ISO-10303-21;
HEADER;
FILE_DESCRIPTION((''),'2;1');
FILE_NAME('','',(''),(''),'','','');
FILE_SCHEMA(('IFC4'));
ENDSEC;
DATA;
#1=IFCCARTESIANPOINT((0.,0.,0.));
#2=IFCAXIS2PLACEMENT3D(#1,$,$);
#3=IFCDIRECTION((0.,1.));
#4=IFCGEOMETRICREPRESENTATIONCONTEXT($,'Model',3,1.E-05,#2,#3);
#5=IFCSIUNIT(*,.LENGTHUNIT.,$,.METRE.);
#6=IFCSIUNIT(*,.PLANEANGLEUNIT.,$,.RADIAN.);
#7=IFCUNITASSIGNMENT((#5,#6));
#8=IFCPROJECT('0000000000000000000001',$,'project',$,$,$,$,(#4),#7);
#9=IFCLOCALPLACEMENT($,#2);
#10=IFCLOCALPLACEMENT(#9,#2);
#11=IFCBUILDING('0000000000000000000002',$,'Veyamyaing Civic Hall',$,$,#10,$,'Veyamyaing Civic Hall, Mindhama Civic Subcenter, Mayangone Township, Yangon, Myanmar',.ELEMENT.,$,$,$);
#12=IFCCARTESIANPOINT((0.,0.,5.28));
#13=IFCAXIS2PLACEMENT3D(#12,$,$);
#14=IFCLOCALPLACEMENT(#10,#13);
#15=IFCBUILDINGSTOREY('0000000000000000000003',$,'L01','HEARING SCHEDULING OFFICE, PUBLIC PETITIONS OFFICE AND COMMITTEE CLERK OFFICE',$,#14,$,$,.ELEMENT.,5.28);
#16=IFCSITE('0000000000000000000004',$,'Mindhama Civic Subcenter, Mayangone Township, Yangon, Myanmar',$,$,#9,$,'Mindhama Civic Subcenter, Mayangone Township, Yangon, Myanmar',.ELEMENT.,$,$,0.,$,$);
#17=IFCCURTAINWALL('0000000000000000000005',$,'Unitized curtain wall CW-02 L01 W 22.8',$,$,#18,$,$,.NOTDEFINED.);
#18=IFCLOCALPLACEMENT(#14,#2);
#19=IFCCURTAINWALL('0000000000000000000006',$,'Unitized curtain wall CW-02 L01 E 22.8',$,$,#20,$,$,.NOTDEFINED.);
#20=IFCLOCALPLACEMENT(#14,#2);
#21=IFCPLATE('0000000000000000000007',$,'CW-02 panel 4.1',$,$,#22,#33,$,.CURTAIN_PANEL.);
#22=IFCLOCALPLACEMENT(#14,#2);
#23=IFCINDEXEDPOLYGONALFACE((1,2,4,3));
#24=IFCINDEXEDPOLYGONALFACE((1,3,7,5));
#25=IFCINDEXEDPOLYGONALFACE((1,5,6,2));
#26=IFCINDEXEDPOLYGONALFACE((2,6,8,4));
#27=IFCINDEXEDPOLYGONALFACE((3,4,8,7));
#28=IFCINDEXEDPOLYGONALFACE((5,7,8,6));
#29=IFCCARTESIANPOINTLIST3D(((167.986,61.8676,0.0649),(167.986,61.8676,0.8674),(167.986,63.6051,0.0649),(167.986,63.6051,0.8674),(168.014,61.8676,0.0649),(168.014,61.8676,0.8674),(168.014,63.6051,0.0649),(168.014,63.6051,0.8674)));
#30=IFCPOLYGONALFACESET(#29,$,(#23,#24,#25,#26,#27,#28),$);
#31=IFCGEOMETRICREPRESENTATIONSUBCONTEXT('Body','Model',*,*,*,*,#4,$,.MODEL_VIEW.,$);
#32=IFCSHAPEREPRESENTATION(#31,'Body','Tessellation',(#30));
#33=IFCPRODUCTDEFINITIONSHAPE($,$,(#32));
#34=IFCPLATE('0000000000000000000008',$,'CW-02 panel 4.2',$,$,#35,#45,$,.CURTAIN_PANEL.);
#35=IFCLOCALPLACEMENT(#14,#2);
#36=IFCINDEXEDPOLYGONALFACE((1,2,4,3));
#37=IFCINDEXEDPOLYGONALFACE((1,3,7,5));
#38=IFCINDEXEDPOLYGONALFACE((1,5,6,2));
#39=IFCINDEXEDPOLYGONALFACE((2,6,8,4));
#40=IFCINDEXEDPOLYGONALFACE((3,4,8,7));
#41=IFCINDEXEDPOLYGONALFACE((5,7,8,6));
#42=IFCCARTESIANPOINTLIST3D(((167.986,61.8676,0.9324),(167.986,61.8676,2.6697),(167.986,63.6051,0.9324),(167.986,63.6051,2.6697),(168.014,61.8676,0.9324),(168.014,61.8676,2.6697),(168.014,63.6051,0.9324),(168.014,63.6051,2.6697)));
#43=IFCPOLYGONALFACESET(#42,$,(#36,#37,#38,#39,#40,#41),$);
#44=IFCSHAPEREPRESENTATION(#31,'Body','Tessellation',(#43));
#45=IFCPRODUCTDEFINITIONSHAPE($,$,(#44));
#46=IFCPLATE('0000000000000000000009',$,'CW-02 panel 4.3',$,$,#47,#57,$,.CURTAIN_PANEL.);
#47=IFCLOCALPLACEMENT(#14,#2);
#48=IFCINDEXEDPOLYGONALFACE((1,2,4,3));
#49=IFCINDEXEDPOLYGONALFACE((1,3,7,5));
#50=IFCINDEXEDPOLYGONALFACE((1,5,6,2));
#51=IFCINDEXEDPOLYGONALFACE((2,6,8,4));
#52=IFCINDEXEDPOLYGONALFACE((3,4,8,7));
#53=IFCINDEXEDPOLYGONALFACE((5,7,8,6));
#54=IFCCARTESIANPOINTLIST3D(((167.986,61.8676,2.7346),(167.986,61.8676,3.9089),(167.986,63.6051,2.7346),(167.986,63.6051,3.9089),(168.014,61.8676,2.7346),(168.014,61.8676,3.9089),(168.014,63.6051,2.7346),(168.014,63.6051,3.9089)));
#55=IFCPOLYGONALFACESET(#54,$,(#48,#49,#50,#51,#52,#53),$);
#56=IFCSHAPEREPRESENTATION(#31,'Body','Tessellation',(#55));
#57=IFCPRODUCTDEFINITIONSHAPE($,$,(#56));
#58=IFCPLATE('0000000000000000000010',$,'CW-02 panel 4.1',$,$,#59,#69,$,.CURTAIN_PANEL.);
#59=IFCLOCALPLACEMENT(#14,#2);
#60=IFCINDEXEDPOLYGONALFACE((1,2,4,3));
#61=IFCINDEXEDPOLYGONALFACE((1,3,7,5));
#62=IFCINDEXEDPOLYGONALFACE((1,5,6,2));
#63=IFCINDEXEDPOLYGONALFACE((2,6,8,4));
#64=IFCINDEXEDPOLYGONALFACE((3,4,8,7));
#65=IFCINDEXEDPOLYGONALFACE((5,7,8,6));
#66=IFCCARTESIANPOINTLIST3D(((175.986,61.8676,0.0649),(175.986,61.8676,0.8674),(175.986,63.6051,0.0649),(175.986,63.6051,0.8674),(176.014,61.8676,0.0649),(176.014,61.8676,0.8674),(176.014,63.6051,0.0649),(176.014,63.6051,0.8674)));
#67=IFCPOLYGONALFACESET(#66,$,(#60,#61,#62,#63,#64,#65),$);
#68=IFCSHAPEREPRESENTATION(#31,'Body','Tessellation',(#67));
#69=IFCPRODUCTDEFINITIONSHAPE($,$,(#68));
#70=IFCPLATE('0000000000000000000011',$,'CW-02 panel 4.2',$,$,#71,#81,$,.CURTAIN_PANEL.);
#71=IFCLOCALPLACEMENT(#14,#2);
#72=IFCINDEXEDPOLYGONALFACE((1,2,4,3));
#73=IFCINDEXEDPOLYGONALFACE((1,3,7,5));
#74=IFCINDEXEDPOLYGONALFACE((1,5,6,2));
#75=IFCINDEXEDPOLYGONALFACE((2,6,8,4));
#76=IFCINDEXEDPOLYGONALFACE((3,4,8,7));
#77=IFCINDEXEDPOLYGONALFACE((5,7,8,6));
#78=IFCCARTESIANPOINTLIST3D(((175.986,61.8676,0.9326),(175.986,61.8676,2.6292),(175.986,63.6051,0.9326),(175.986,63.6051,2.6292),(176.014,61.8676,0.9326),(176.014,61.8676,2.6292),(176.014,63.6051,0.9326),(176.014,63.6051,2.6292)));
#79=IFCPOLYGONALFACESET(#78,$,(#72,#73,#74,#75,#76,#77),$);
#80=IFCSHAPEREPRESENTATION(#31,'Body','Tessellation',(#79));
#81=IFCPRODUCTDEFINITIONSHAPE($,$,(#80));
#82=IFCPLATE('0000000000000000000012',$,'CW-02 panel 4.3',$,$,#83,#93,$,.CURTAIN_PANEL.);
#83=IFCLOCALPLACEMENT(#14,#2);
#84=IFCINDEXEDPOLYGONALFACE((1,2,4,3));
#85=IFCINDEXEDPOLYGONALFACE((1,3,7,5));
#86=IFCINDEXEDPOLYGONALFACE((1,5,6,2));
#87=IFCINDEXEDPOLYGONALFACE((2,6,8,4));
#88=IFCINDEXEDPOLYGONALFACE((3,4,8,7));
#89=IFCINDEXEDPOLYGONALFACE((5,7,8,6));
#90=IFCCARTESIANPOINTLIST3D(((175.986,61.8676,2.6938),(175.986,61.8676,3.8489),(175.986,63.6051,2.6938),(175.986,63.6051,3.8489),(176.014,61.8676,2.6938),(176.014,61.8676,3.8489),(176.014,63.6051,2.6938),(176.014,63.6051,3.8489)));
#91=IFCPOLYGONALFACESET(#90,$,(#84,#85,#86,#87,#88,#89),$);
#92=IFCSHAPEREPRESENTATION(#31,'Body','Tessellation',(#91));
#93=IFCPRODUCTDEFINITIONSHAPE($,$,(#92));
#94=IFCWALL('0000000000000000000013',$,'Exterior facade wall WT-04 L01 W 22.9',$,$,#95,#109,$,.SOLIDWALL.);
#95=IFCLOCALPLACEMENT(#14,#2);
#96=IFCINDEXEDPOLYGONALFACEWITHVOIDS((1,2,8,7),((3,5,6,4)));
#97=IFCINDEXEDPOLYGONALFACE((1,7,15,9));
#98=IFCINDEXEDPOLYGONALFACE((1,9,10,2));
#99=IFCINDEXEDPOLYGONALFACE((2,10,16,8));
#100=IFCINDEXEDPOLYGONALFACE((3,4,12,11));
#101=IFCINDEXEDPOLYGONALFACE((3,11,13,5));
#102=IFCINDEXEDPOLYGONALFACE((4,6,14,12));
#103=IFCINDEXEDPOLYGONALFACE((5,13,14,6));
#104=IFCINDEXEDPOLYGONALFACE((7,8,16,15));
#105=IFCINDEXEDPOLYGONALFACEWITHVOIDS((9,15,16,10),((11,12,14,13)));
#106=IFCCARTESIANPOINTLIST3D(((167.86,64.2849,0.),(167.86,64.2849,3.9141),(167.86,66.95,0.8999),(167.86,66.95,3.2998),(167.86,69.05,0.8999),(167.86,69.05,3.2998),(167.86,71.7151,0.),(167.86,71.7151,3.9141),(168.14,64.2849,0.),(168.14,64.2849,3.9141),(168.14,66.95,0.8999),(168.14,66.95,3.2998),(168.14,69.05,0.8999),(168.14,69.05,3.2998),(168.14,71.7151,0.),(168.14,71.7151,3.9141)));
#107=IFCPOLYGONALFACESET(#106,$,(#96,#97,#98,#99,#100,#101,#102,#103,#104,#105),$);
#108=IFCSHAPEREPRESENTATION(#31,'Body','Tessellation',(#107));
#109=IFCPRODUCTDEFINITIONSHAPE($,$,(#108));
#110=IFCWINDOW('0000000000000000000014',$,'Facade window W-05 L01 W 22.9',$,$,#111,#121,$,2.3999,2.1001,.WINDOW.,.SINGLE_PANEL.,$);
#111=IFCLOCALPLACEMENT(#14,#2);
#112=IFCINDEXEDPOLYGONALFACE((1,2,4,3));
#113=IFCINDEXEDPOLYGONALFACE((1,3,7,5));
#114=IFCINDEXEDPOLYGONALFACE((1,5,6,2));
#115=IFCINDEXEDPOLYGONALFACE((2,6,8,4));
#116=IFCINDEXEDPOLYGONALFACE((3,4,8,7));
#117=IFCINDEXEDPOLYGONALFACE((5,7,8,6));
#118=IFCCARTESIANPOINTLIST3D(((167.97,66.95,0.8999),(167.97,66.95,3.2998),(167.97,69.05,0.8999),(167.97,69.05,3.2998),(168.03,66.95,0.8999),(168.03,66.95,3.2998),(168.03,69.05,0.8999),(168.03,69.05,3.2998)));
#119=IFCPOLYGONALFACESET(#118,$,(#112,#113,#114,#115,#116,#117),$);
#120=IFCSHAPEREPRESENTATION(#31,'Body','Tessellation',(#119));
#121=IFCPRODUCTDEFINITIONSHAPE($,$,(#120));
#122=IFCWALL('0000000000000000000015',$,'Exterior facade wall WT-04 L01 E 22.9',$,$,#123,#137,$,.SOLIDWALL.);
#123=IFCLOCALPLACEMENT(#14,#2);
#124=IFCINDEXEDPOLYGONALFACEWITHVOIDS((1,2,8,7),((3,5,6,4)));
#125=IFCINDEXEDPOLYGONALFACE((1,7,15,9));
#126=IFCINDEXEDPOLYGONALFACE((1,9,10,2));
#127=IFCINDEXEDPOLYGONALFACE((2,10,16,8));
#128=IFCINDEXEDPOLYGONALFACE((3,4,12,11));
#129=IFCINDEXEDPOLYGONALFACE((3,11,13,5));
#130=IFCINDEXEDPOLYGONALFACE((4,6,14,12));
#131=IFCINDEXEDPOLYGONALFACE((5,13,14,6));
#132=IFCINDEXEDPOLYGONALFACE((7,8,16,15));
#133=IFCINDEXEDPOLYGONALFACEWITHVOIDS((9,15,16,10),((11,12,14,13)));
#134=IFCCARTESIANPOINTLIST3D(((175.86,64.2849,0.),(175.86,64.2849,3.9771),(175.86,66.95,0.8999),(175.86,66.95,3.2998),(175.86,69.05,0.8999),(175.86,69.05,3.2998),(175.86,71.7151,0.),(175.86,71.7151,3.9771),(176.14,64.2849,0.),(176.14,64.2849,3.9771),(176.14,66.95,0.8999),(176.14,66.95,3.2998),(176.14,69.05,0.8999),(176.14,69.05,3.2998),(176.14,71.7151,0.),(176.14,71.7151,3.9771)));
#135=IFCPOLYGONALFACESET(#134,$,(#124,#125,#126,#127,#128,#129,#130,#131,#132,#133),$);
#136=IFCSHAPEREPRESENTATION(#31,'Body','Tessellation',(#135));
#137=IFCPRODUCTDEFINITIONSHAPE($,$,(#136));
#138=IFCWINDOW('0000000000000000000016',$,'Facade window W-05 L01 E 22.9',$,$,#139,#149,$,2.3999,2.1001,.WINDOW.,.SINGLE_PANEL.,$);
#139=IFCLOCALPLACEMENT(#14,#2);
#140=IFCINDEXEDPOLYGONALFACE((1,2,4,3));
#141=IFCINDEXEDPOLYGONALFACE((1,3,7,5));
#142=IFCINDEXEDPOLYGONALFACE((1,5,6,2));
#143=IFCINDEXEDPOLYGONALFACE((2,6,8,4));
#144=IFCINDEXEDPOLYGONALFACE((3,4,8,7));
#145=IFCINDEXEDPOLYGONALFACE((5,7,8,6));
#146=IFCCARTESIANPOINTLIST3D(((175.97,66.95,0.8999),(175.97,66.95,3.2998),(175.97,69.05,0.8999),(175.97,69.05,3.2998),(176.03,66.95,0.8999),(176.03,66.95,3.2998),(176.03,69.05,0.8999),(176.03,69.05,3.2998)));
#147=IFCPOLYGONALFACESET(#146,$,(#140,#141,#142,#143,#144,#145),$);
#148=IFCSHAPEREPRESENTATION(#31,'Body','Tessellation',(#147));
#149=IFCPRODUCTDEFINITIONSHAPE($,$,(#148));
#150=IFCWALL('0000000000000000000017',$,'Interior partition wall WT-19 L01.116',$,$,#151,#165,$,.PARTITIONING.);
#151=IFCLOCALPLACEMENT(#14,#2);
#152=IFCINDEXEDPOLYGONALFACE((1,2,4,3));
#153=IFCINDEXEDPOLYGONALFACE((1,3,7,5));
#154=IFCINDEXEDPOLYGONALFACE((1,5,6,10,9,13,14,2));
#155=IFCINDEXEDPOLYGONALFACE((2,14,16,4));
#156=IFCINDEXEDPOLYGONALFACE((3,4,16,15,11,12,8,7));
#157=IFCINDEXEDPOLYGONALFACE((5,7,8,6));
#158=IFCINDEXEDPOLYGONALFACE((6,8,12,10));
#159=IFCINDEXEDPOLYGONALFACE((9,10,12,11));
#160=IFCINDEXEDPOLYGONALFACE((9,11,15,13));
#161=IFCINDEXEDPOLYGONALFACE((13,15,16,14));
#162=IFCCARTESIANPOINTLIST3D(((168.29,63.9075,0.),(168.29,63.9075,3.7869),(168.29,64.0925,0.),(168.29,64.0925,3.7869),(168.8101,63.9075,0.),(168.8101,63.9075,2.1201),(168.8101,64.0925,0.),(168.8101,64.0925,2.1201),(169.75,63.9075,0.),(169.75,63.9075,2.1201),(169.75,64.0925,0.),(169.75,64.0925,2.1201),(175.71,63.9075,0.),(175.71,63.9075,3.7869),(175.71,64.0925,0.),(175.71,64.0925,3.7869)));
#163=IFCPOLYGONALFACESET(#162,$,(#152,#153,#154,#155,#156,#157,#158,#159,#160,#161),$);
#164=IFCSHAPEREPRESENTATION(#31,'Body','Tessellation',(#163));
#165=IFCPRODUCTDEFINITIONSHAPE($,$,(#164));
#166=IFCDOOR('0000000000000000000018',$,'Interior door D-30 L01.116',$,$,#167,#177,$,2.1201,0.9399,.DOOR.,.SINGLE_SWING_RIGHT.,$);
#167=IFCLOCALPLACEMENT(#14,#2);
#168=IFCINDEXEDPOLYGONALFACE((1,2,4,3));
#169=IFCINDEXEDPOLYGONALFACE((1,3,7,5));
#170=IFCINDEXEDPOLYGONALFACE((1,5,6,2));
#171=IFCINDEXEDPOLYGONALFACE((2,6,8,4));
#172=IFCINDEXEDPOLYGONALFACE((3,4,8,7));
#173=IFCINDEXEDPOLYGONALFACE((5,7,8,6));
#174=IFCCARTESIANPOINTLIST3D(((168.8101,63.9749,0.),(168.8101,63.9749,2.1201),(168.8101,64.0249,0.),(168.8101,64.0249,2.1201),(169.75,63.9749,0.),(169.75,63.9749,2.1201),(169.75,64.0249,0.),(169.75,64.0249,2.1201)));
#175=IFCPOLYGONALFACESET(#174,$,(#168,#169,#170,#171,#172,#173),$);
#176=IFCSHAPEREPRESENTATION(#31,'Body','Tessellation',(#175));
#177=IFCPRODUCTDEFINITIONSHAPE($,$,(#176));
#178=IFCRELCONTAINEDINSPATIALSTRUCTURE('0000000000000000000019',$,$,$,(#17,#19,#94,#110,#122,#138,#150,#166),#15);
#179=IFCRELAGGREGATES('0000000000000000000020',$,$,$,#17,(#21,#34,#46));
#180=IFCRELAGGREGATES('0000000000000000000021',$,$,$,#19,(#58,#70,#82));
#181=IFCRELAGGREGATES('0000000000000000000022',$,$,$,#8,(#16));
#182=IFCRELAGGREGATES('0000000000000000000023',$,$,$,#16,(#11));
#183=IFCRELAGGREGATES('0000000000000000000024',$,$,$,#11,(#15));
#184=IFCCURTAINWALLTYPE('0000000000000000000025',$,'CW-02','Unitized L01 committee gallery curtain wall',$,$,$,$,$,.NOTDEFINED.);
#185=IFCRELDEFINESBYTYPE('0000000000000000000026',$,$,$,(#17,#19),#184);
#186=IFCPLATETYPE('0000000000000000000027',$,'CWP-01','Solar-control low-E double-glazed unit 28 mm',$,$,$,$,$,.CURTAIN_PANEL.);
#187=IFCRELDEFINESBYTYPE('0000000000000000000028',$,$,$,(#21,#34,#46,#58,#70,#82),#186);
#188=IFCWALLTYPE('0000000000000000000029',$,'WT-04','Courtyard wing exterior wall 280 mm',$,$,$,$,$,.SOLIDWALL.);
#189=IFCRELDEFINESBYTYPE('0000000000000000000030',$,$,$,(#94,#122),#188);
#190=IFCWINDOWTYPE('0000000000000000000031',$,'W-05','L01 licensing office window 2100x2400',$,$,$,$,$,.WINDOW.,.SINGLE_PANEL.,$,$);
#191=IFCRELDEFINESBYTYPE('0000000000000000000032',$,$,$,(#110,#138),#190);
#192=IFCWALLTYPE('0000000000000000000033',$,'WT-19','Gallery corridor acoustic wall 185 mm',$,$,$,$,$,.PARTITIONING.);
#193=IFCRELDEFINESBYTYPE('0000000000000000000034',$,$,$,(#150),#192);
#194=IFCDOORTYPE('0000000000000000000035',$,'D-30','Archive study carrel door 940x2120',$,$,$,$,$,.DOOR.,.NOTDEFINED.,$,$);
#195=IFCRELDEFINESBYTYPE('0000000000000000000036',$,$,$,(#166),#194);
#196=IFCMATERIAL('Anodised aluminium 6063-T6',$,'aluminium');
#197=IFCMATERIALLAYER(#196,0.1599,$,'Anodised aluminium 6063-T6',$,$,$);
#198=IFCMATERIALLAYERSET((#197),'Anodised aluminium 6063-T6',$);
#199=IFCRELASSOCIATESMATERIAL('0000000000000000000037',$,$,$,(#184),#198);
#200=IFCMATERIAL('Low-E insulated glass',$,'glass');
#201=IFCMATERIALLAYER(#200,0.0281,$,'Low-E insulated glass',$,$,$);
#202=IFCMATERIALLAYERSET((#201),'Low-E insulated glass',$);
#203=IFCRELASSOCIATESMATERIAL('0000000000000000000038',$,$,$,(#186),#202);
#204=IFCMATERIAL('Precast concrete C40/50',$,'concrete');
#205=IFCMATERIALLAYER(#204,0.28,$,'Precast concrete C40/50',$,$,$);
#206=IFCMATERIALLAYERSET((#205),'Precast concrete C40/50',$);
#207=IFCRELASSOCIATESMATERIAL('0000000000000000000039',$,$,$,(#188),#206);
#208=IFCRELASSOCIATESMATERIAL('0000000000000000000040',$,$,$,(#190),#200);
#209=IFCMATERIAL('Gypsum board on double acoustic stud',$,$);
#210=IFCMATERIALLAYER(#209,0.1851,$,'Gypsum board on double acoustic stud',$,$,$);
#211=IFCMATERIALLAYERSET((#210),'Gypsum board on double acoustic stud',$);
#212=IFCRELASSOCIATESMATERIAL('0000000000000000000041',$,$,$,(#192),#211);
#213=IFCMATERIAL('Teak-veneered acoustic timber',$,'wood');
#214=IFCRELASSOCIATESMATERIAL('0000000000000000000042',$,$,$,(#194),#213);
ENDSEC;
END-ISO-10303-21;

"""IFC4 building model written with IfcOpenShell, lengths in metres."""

from ifc_helpers import new_model, si_unit, direction, frame, frame_2d, origin, origin_2d, place, context, subcontext, project, spatial, rectangle, extrude, material, layer, layer_set, type_object, element, fill, aggregate, save


model = new_model("IFC4")

# Units and contexts
model_context = context("Model", 3, precision=1e-05, world=origin(), true_north=direction((0.0, 1.0)))
body_context = subcontext(model_context, "Body", "Model", "MODEL_VIEW")
ifc_project = project(units=[si_unit("LENGTHUNIT", "METRE"), si_unit("PLANEANGLEUNIT", "RADIAN")], contexts=[model_context])

# Site, building, storey
site_placement = place(None, origin())
site = spatial("IfcSite", under=ifc_project, at=site_placement, Name="Mindhama Civic Subcenter, Mayangone Township, Yangon, Myanmar", LongName="Mindhama Civic Subcenter, Mayangone Township, Yangon, Myanmar", CompositionType="ELEMENT", RefElevation=0.0)
building_placement = place(site_placement, origin())
building = spatial("IfcBuilding", under=site, at=building_placement, Name="Veyamyaing Civic Hall", LongName="Veyamyaing Civic Hall, Mindhama Civic Subcenter, Mayangone Township, Yangon, Myanmar", CompositionType="ELEMENT")
storey_placement = place(building_placement, frame((0.0, 0.0, 5.28)))
storey = spatial("IfcBuildingStorey", under=building, at=storey_placement, Name="L01", Description="HEARING SCHEDULING OFFICE, PUBLIC PETITIONS OFFICE AND COMMITTEE CLERK OFFICE", CompositionType="ELEMENT", Elevation=5.28)

# Curtain wall
ifc_material_1 = material(Name="Anodised aluminium 6063-T6", Category="aluminium")
ifc_layer_1 = layer(ifc_material_1, 0.1599, Name="Anodised aluminium 6063-T6")
ifc_layer_set_1 = layer_set([ifc_layer_1], Name="Anodised aluminium 6063-T6")
curtain_wall_type = type_object("IfcCurtainWallType", Name="CW-02", Description="Unitized L01 committee gallery curtain wall", PredefinedType="NOTDEFINED", material=ifc_layer_set_1)
curtain_wall_1_placement = place(storey_placement, origin())
curtain_wall_1 = element("IfcCurtainWall", 1, at=curtain_wall_1_placement, inside=storey, type_object=curtain_wall_type, Name="Unitized curtain wall CW-02 L01 W 22.8", PredefinedType="NOTDEFINED")

# Curtain wall
curtain_wall_2_placement = place(storey_placement, origin())
curtain_wall_2 = element("IfcCurtainWall", 2, at=curtain_wall_2_placement, inside=storey, type_object=curtain_wall_type, Name="Unitized curtain wall CW-02 L01 E 22.8", PredefinedType="NOTDEFINED")

# Plates
ifc_material_2 = material(Name="Low-E insulated glass", Category="glass")
ifc_layer_2 = layer(ifc_material_2, 0.0281, Name="Low-E insulated glass")
ifc_layer_set_2 = layer_set([ifc_layer_2], Name="Low-E insulated glass")
plate_type = type_object("IfcPlateType", Name="CWP-01", Description="Solar-control low-E double-glazed unit 28 mm", PredefinedType="CURTAIN_PANEL", material=ifc_layer_set_2)
plate_1_placement = place(storey_placement, frame((168.0, 62.7363, 0.0649), z_axis=(0.0, 0.0, 1.0), x_axis=(0.0, 1.0, 0.0)))
plate_1 = element("IfcPlate", 3, at=plate_1_placement, type_object=plate_type, Name="CW-02 panel 4.1", PredefinedType="CURTAIN_PANEL", context=body_context, shape_type="SweptSolid", body=[
    extrude(rectangle(XDim=1.7375, YDim=0.0281, at=origin_2d()), origin(), (0.0, 0.0, 1.0), 0.8025),
])
plate_2_placement = place(storey_placement, frame((168.0, 62.7363, 0.9324), z_axis=(0.0, 0.0, 1.0), x_axis=(0.0, 1.0, 0.0)))
plate_2 = element("IfcPlate", 4, at=plate_2_placement, type_object=plate_type, Name="CW-02 panel 4.2", PredefinedType="CURTAIN_PANEL", context=body_context, shape_type="SweptSolid", body=[
    extrude(rectangle(XDim=1.7375, YDim=0.0281, at=origin_2d()), origin(), (0.0, 0.0, 1.0), 1.7373),
])
plate_3_placement = place(storey_placement, frame((168.0, 62.7363, 2.7346), z_axis=(0.0, 0.0, 1.0), x_axis=(0.0, 1.0, 0.0)))
plate_3 = element("IfcPlate", 5, at=plate_3_placement, type_object=plate_type, Name="CW-02 panel 4.3", PredefinedType="CURTAIN_PANEL", context=body_context, shape_type="SweptSolid", body=[
    extrude(rectangle(XDim=1.7375, YDim=0.0281, at=origin_2d()), origin(), (0.0, 0.0, 1.0), 1.1743),
])
aggregate(curtain_wall_1, [plate_1, plate_2, plate_3])
plate_4_placement = place(storey_placement, frame((176.0, 62.7363, 0.0649), z_axis=(0.0, 0.0, 1.0), x_axis=(0.0, 1.0, 0.0)))
plate_4 = element("IfcPlate", 6, at=plate_4_placement, type_object=plate_type, Name="CW-02 panel 4.1", PredefinedType="CURTAIN_PANEL", context=body_context, shape_type="SweptSolid", body=[
    extrude(rectangle(XDim=1.7375, YDim=0.0281, at=origin_2d()), origin(), (0.0, 0.0, 1.0), 0.8025),
])
plate_5_placement = place(storey_placement, frame((176.0, 62.7363, 0.9326), z_axis=(0.0, 0.0, 1.0), x_axis=(0.0, 1.0, 0.0)))
plate_5 = element("IfcPlate", 7, at=plate_5_placement, type_object=plate_type, Name="CW-02 panel 4.2", PredefinedType="CURTAIN_PANEL", context=body_context, shape_type="SweptSolid", body=[
    extrude(rectangle(XDim=1.7375, YDim=0.0281, at=origin_2d()), origin(), (0.0, 0.0, 1.0), 1.6965),
])
plate_6_placement = place(storey_placement, frame((176.0, 62.7363, 2.6938), z_axis=(0.0, 0.0, 1.0), x_axis=(0.0, 1.0, 0.0)))
plate_6 = element("IfcPlate", 8, at=plate_6_placement, type_object=plate_type, Name="CW-02 panel 4.3", PredefinedType="CURTAIN_PANEL", context=body_context, shape_type="SweptSolid", body=[
    extrude(rectangle(XDim=1.7375, YDim=0.0281, at=origin_2d()), origin(), (0.0, 0.0, 1.0), 1.155),
])
aggregate(curtain_wall_2, [plate_4, plate_5, plate_6])

# Walls, openings, windows
ifc_material_3 = material(Name="Precast concrete C40/50", Category="concrete")
ifc_layer_3 = layer(ifc_material_3, 0.28, Name="Precast concrete C40/50")
ifc_layer_set_3 = layer_set([ifc_layer_3], Name="Precast concrete C40/50")
wall_type_1 = type_object("IfcWallType", Name="WT-04", Description="Courtyard wing exterior wall 280 mm", PredefinedType="SOLIDWALL", material=ifc_layer_set_3)
wall_1_placement = place(storey_placement, frame((168.0, 64.2849, 0.0), z_axis=(0.0, 0.0, 1.0), x_axis=(0.0, 1.0, 0.0)))
wall_1 = element("IfcWall", 9, at=wall_1_placement, inside=storey, type_object=wall_type_1, Name="Exterior facade wall WT-04 L01 W 22.9", PredefinedType="SOLIDWALL", context=body_context, shape_type="SweptSolid", body=[
    extrude(rectangle(XDim=7.4302, YDim=0.28, at=frame_2d((3.7151, 0.0))), origin(), (0.0, 0.0, 1.0), 3.9141),
])
opening_1_placement = place(wall_1_placement, frame((2.665, 0.0, 0.8999)))
opening_1 = element("IfcOpeningElement", 10, at=opening_1_placement, cuts=wall_1, PredefinedType="OPENING", context=body_context, shape_type="SweptSolid", body=[
    extrude(rectangle(XDim=2.1001, YDim=2.3999, at=frame_2d((1.05, 1.2))), frame((0.0, 0.1499, 0.0), z_axis=(0.0, -1.0, 0.0), x_axis=(1.0, 0.0, 0.0)), (0.0, 0.0, 1.0), 0.3),
])
window_type = type_object("IfcWindowType", Name="W-05", Description="L01 licensing office window 2100x2400", PartitioningType="SINGLE_PANEL", PredefinedType="WINDOW", material=ifc_material_2)
window_1_placement = place(opening_1_placement, origin())
window_1 = element("IfcWindow", 11, at=window_1_placement, inside=storey, type_object=window_type, Name="Facade window W-05 L01 W 22.9", OverallHeight=2.3999, OverallWidth=2.1001, PartitioningType="SINGLE_PANEL", PredefinedType="WINDOW", context=body_context, shape_type="SweptSolid", body=[
    extrude(rectangle(XDim=2.1001, YDim=2.3999, at=frame_2d((1.05, 1.2))), frame((0.0, 0.03, 0.0), z_axis=(0.0, -1.0, 0.0), x_axis=(1.0, 0.0, 0.0)), (0.0, 0.0, 1.0), 0.0601),
])
fill(opening_1, window_1)
wall_2_placement = place(storey_placement, frame((176.0, 64.2849, 0.0), z_axis=(0.0, 0.0, 1.0), x_axis=(0.0, 1.0, 0.0)))
wall_2 = element("IfcWall", 12, at=wall_2_placement, inside=storey, type_object=wall_type_1, Name="Exterior facade wall WT-04 L01 E 22.9", PredefinedType="SOLIDWALL", context=body_context, shape_type="SweptSolid", body=[
    extrude(rectangle(XDim=7.4302, YDim=0.28, at=frame_2d((3.7151, 0.0))), origin(), (0.0, 0.0, 1.0), 3.9771),
])
opening_2_placement = place(wall_2_placement, frame((2.665, 0.0, 0.8999)))
opening_2 = element("IfcOpeningElement", 13, at=opening_2_placement, cuts=wall_2, PredefinedType="OPENING", context=body_context, shape_type="SweptSolid", body=[
    extrude(rectangle(XDim=2.1001, YDim=2.3999, at=frame_2d((1.05, 1.2))), frame((0.0, 0.1499, 0.0), z_axis=(0.0, -1.0, 0.0), x_axis=(1.0, 0.0, 0.0)), (0.0, 0.0, 1.0), 0.3),
])
window_2_placement = place(opening_2_placement, origin())
window_2 = element("IfcWindow", 14, at=window_2_placement, inside=storey, type_object=window_type, Name="Facade window W-05 L01 E 22.9", OverallHeight=2.3999, OverallWidth=2.1001, PartitioningType="SINGLE_PANEL", PredefinedType="WINDOW", context=body_context, shape_type="SweptSolid", body=[
    extrude(rectangle(XDim=2.1001, YDim=2.3999, at=frame_2d((1.05, 1.2))), frame((0.0, 0.03, 0.0), z_axis=(0.0, -1.0, 0.0), x_axis=(1.0, 0.0, 0.0)), (0.0, 0.0, 1.0), 0.0601),
])
fill(opening_2, window_2)

# Wall, opening, door
ifc_material_4 = material(Name="Gypsum board on double acoustic stud")
ifc_layer_4 = layer(ifc_material_4, 0.1851, Name="Gypsum board on double acoustic stud")
ifc_layer_set_4 = layer_set([ifc_layer_4], Name="Gypsum board on double acoustic stud")
wall_type_2 = type_object("IfcWallType", Name="WT-19", Description="Gallery corridor acoustic wall 185 mm", PredefinedType="PARTITIONING", material=ifc_layer_set_4)
wall_3_placement = place(storey_placement, frame((168.29, 64.0, 0.0), z_axis=(0.0, 0.0, 1.0), x_axis=(1.0, 0.0, 0.0)))
wall_3 = element("IfcWall", 15, at=wall_3_placement, inside=storey, type_object=wall_type_2, Name="Interior partition wall WT-19 L01.116", PredefinedType="PARTITIONING", context=body_context, shape_type="SweptSolid", body=[
    extrude(rectangle(XDim=7.4199, YDim=0.1851, at=frame_2d((3.71, 0.0))), origin(), (0.0, 0.0, 1.0), 3.7869),
])
opening_3_placement = place(wall_3_placement, frame((0.52, 0.0, 0.0)))
opening_3 = element("IfcOpeningElement", 16, at=opening_3_placement, cuts=wall_3, PredefinedType="OPENING", context=body_context, shape_type="SweptSolid", body=[
    extrude(rectangle(XDim=0.9399, YDim=2.1201, at=frame_2d((0.47, 1.0601))), frame((0.0, 0.1025, 0.0), z_axis=(0.0, -1.0, 0.0), x_axis=(1.0, 0.0, 0.0)), (0.0, 0.0, 1.0), 0.2051),
])
ifc_material_5 = material(Name="Teak-veneered acoustic timber", Category="wood")
door_type = type_object("IfcDoorType", Name="D-30", Description="Archive study carrel door 940x2120", OperationType="NOTDEFINED", PredefinedType="DOOR", material=ifc_material_5)
door_placement = place(opening_3_placement, origin())
door = element("IfcDoor", 17, at=door_placement, inside=storey, type_object=door_type, Name="Interior door D-30 L01.116", OperationType="SINGLE_SWING_RIGHT", OverallHeight=2.1201, OverallWidth=0.9399, PredefinedType="DOOR", context=body_context, shape_type="SweptSolid", body=[
    extrude(rectangle(XDim=0.9399, YDim=2.1201, at=frame_2d((0.47, 1.0601))), frame((0.0, 0.0249, 0.0), z_axis=(0.0, -1.0, 0.0), x_axis=(1.0, 0.0, 0.0)), (0.0, 0.0, 1.0), 0.05),
])
fill(opening_3, door)

save(model, "model.ifc")
